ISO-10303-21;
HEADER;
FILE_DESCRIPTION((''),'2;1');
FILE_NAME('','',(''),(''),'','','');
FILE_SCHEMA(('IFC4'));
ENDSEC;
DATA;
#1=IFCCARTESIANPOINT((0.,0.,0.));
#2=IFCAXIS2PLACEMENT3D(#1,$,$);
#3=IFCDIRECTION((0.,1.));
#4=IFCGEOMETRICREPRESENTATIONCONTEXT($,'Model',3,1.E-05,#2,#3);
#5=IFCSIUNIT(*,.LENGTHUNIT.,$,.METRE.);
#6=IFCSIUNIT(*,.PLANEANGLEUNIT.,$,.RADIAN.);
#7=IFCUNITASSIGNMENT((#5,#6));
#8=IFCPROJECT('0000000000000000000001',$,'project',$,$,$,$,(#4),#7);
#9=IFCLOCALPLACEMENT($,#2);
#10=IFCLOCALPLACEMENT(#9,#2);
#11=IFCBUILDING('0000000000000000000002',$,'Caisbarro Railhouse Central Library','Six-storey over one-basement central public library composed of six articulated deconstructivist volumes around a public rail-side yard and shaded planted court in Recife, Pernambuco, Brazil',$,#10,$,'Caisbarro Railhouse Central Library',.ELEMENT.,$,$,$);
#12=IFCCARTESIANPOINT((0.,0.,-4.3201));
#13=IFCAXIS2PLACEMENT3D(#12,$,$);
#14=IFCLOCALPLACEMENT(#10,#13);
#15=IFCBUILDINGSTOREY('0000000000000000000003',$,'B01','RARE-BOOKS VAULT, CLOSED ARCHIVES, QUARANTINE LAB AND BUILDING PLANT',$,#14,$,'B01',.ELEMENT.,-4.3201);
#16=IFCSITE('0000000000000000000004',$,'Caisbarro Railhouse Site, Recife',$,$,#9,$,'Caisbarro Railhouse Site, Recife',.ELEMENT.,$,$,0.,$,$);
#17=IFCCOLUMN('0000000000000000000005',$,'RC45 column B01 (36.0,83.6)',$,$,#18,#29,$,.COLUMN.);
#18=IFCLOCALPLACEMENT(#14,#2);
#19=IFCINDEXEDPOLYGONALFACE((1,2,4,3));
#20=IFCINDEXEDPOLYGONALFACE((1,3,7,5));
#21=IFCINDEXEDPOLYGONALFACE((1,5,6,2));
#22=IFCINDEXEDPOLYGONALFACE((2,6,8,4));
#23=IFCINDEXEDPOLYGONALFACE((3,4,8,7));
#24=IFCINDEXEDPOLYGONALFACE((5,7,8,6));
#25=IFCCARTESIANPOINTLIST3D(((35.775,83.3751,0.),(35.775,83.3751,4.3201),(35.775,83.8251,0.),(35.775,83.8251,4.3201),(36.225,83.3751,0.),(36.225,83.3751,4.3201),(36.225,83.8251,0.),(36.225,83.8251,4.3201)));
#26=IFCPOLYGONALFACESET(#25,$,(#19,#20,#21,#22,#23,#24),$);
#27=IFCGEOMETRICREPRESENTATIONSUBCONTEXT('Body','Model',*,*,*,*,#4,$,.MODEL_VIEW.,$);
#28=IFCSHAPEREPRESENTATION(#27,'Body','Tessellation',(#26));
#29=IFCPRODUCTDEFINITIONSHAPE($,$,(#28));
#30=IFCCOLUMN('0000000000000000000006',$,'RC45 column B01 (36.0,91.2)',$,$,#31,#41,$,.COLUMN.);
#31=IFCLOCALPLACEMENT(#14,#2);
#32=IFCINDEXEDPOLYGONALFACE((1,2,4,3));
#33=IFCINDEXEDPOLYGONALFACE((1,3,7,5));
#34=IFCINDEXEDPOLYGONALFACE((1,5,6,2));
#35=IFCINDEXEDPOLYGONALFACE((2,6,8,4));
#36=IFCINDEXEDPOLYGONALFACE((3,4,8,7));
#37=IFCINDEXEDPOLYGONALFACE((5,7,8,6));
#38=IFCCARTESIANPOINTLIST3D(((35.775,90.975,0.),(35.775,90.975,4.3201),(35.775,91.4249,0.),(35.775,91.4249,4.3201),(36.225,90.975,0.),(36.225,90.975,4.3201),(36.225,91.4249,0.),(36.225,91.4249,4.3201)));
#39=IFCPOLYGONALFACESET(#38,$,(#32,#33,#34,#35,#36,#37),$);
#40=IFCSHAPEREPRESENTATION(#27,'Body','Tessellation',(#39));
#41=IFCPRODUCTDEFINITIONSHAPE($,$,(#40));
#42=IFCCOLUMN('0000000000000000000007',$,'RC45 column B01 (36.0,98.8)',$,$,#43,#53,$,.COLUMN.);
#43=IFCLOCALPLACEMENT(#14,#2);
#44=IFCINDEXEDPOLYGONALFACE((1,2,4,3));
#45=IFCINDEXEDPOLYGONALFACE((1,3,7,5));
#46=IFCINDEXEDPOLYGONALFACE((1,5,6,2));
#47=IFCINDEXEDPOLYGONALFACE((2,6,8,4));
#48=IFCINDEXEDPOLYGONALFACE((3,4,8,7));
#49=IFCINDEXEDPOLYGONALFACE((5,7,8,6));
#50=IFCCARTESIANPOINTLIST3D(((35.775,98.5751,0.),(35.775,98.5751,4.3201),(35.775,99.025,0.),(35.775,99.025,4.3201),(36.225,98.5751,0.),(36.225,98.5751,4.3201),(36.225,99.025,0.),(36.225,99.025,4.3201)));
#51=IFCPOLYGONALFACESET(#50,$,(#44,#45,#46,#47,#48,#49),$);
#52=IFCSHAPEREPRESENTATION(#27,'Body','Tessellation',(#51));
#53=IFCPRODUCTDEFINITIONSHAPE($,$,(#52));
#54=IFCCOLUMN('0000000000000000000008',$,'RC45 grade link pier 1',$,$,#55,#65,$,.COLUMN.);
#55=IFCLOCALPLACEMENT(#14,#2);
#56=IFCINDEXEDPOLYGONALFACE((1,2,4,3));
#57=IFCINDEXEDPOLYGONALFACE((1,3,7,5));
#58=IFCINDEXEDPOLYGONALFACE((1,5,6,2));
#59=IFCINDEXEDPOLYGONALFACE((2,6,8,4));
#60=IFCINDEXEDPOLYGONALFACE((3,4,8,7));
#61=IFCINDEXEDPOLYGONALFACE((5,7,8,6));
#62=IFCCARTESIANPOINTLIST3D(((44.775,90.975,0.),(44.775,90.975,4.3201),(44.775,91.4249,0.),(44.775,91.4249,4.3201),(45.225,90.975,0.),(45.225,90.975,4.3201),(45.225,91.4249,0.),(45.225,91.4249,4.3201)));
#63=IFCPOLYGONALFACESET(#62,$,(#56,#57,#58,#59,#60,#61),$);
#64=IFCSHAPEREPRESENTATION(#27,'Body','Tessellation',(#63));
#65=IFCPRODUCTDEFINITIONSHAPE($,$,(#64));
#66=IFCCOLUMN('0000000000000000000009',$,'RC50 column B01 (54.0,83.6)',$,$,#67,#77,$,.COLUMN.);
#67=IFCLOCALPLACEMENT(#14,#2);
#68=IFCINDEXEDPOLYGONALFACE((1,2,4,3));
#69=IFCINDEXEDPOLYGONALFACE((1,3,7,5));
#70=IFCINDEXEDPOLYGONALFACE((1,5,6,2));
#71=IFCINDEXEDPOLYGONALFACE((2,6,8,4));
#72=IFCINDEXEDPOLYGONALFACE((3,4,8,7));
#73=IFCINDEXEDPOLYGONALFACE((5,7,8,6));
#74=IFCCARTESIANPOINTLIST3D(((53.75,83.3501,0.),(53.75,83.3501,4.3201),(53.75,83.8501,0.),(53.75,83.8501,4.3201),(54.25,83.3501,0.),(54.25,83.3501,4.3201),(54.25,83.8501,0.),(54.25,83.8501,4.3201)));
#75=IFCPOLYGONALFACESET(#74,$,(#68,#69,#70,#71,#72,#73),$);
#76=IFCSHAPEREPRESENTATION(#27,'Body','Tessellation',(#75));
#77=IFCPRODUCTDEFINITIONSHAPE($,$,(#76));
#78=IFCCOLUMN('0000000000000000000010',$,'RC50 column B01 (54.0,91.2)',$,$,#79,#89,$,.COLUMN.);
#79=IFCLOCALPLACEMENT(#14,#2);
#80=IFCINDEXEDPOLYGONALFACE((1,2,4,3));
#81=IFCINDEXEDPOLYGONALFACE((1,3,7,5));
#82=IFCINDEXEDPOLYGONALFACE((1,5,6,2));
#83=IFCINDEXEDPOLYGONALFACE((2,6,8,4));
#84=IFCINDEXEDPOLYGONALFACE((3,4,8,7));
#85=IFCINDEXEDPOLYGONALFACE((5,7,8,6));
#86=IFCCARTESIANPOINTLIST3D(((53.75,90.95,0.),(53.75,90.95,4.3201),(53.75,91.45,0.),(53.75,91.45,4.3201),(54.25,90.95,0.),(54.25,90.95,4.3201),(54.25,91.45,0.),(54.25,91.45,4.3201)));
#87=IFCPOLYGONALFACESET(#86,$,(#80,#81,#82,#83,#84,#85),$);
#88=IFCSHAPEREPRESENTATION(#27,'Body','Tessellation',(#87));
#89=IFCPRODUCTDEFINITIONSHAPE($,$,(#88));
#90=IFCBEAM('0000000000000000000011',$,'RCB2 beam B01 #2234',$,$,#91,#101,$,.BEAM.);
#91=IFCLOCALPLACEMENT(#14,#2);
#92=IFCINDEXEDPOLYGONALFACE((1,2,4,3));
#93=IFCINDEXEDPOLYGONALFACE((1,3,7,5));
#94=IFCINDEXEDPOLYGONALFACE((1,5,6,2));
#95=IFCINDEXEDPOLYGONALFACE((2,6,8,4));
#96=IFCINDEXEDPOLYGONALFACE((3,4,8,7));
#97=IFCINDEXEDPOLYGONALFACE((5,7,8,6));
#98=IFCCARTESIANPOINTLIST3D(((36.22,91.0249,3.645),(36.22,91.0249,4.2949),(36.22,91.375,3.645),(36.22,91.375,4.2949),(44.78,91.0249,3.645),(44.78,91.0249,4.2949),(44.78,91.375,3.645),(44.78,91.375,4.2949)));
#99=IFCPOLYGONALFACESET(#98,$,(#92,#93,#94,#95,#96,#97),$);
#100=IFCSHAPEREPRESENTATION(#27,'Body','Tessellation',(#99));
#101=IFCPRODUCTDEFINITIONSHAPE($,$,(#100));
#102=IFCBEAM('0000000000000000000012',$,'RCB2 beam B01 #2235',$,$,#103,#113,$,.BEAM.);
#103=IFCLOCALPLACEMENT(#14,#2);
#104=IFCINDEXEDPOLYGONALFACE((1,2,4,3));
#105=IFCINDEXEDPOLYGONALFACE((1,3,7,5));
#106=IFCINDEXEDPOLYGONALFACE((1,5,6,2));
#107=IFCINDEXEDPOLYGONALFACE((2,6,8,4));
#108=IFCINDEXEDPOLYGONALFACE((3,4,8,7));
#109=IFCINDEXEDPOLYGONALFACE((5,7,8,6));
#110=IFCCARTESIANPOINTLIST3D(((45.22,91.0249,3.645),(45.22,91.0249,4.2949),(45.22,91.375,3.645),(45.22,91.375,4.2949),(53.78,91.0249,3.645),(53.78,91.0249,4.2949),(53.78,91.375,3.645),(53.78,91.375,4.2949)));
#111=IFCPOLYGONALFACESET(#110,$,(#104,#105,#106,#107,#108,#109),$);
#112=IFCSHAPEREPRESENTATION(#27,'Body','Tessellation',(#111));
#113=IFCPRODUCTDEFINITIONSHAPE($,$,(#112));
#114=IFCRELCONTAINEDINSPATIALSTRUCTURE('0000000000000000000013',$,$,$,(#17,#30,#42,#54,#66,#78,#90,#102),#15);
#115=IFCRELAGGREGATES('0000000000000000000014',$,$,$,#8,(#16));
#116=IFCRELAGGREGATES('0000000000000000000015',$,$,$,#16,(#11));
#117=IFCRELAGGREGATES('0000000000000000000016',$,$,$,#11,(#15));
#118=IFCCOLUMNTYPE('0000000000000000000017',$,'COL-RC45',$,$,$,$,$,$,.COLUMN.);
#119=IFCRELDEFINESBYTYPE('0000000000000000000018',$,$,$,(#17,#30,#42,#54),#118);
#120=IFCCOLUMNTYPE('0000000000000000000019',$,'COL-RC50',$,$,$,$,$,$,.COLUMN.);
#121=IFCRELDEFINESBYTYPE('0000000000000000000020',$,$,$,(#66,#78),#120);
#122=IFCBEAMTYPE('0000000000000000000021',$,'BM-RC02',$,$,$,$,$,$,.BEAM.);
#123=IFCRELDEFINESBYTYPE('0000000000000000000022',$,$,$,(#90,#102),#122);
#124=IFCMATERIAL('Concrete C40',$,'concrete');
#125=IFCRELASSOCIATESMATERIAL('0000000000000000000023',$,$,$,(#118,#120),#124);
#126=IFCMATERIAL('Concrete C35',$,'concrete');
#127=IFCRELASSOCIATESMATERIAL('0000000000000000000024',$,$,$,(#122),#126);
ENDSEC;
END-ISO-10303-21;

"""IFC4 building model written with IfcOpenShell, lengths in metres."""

from ifc_helpers import new_model, si_unit, direction, frame, origin, origin_2d, place, context, subcontext, project, spatial, rectangle, extrude, material, material_profile, profile_set, type_object, element, save


model = new_model("IFC4")

# Units and contexts
model_context = context("Model", 3, precision=1e-05, world=origin(), true_north=direction((0.0, 1.0)))
body_context = subcontext(model_context, "Body", "Model", "MODEL_VIEW")
ifc_project = project(units=[si_unit("LENGTHUNIT", "METRE"), si_unit("PLANEANGLEUNIT", "RADIAN")], contexts=[model_context])

# Site, building, storey
site_placement = place(None, origin())
site = spatial("IfcSite", under=ifc_project, at=site_placement, Name="Caisbarro Railhouse Site, Recife", LongName="Caisbarro Railhouse Site, Recife", CompositionType="ELEMENT", RefElevation=0.0)
building_placement = place(site_placement, origin())
building = spatial("IfcBuilding", under=site, at=building_placement, Name="Caisbarro Railhouse Central Library", Description="Six-storey over one-basement central public library composed of six articulated deconstructivist volumes around a public rail-side yard and shaded planted court in Recife, Pernambuco, Brazil", LongName="Caisbarro Railhouse Central Library", CompositionType="ELEMENT")
storey_placement = place(building_placement, frame((0.0, 0.0, -4.3201)))
storey = spatial("IfcBuildingStorey", under=building, at=storey_placement, Name="B01", Description="RARE-BOOKS VAULT, CLOSED ARCHIVES, QUARANTINE LAB AND BUILDING PLANT", LongName="B01", CompositionType="ELEMENT", Elevation=-4.3201)

# Shared definitions
ifc_material_1 = material(Name="Concrete C35", Category="concrete")
ifc_material_2 = material(Name="Concrete C40", Category="concrete")

# Columns
ifc_material_profile_1 = material_profile(ifc_material_2, rectangle(XDim=0.45, YDim=0.45, at=origin_2d()), Name="RC-COL-450X450")
ifc_profile_set_1 = profile_set([ifc_material_profile_1], Name="Concrete C40")
column_type_1 = type_object("IfcColumnType", Name="COL-RC45", PredefinedType="COLUMN", material=ifc_profile_set_1)
for number, where, z_axis, x_axis, name in (
    (1, (36.0, 83.6001, 0.0), (0.0, 0.0, 1.0), (1.0, 0.0, 0.0), "RC45 column B01 (36.0,83.6)"),
    (2, (36.0, 91.2, 0.0), (0.0, 0.0, 1.0), (1.0, 0.0, 0.0), "RC45 column B01 (36.0,91.2)"),
    (3, (36.0, 98.8, 0.0), (0.0, 0.0, 1.0), (1.0, 0.0, 0.0), "RC45 column B01 (36.0,98.8)"),
    (4, (45.0, 91.2, 0.0), (0.0, 0.0, 1.0), (1.0, 0.0, 0.0), "RC45 grade link pier 1"),
):
    element("IfcColumn", number, at=place(storey_placement, frame(where, z_axis=z_axis, x_axis=x_axis)), inside=storey, type_object=column_type_1, Name=name, PredefinedType="COLUMN", context=body_context, shape_type="SweptSolid", body=[
        extrude(rectangle(XDim=0.45, YDim=0.45, at=origin_2d()), origin(), (0.0, 0.0, 1.0), 4.3201),
    ])
ifc_material_profile_2 = material_profile(ifc_material_2, rectangle(XDim=0.5, YDim=0.5, at=origin_2d()), Name="RC-COL-500X500")
ifc_profile_set_2 = profile_set([ifc_material_profile_2], Name="Concrete C40")
column_type_2 = type_object("IfcColumnType", Name="COL-RC50", PredefinedType="COLUMN", material=ifc_profile_set_2)
for number, where, z_axis, x_axis, name in (
    (5, (54.0, 83.6001, 0.0), (0.0, 0.0, 1.0), (1.0, 0.0, 0.0), "RC50 column B01 (54.0,83.6)"),
    (6, (54.0, 91.2, 0.0), (0.0, 0.0, 1.0), (1.0, 0.0, 0.0), "RC50 column B01 (54.0,91.2)"),
):
    element("IfcColumn", number, at=place(storey_placement, frame(where, z_axis=z_axis, x_axis=x_axis)), inside=storey, type_object=column_type_2, Name=name, PredefinedType="COLUMN", context=body_context, shape_type="SweptSolid", body=[
        extrude(rectangle(XDim=0.5, YDim=0.5, at=origin_2d()), origin(), (0.0, 0.0, 1.0), 4.3201),
    ])

# Beams
ifc_material_profile_3 = material_profile(ifc_material_1, rectangle(XDim=0.3501, YDim=0.6499, at=origin_2d()), Name="RC-BM-350X650")
ifc_profile_set_3 = profile_set([ifc_material_profile_3], Name="Concrete C35")
beam_type = type_object("IfcBeamType", Name="BM-RC02", PredefinedType="BEAM", material=ifc_profile_set_3)
for number, where, z_axis, x_axis, name in (
    (7, (36.22, 91.2, 3.97), (1.0, 0.0, 0.0), (0.0, 1.0, 0.0), "RCB2 beam B01 #2234"),
    (8, (45.22, 91.2, 3.97), (1.0, 0.0, 0.0), (0.0, 1.0, 0.0), "RCB2 beam B01 #2235"),
):
    element("IfcBeam", number, at=place(storey_placement, frame(where, z_axis=z_axis, x_axis=x_axis)), inside=storey, type_object=beam_type, Name=name, PredefinedType="BEAM", context=body_context, shape_type="SweptSolid", body=[
        extrude(rectangle(XDim=0.3501, YDim=0.6499, at=origin_2d()), origin(), (0.0, 0.0, 1.0), 8.5601),
    ])

save(model, "model.ifc")
